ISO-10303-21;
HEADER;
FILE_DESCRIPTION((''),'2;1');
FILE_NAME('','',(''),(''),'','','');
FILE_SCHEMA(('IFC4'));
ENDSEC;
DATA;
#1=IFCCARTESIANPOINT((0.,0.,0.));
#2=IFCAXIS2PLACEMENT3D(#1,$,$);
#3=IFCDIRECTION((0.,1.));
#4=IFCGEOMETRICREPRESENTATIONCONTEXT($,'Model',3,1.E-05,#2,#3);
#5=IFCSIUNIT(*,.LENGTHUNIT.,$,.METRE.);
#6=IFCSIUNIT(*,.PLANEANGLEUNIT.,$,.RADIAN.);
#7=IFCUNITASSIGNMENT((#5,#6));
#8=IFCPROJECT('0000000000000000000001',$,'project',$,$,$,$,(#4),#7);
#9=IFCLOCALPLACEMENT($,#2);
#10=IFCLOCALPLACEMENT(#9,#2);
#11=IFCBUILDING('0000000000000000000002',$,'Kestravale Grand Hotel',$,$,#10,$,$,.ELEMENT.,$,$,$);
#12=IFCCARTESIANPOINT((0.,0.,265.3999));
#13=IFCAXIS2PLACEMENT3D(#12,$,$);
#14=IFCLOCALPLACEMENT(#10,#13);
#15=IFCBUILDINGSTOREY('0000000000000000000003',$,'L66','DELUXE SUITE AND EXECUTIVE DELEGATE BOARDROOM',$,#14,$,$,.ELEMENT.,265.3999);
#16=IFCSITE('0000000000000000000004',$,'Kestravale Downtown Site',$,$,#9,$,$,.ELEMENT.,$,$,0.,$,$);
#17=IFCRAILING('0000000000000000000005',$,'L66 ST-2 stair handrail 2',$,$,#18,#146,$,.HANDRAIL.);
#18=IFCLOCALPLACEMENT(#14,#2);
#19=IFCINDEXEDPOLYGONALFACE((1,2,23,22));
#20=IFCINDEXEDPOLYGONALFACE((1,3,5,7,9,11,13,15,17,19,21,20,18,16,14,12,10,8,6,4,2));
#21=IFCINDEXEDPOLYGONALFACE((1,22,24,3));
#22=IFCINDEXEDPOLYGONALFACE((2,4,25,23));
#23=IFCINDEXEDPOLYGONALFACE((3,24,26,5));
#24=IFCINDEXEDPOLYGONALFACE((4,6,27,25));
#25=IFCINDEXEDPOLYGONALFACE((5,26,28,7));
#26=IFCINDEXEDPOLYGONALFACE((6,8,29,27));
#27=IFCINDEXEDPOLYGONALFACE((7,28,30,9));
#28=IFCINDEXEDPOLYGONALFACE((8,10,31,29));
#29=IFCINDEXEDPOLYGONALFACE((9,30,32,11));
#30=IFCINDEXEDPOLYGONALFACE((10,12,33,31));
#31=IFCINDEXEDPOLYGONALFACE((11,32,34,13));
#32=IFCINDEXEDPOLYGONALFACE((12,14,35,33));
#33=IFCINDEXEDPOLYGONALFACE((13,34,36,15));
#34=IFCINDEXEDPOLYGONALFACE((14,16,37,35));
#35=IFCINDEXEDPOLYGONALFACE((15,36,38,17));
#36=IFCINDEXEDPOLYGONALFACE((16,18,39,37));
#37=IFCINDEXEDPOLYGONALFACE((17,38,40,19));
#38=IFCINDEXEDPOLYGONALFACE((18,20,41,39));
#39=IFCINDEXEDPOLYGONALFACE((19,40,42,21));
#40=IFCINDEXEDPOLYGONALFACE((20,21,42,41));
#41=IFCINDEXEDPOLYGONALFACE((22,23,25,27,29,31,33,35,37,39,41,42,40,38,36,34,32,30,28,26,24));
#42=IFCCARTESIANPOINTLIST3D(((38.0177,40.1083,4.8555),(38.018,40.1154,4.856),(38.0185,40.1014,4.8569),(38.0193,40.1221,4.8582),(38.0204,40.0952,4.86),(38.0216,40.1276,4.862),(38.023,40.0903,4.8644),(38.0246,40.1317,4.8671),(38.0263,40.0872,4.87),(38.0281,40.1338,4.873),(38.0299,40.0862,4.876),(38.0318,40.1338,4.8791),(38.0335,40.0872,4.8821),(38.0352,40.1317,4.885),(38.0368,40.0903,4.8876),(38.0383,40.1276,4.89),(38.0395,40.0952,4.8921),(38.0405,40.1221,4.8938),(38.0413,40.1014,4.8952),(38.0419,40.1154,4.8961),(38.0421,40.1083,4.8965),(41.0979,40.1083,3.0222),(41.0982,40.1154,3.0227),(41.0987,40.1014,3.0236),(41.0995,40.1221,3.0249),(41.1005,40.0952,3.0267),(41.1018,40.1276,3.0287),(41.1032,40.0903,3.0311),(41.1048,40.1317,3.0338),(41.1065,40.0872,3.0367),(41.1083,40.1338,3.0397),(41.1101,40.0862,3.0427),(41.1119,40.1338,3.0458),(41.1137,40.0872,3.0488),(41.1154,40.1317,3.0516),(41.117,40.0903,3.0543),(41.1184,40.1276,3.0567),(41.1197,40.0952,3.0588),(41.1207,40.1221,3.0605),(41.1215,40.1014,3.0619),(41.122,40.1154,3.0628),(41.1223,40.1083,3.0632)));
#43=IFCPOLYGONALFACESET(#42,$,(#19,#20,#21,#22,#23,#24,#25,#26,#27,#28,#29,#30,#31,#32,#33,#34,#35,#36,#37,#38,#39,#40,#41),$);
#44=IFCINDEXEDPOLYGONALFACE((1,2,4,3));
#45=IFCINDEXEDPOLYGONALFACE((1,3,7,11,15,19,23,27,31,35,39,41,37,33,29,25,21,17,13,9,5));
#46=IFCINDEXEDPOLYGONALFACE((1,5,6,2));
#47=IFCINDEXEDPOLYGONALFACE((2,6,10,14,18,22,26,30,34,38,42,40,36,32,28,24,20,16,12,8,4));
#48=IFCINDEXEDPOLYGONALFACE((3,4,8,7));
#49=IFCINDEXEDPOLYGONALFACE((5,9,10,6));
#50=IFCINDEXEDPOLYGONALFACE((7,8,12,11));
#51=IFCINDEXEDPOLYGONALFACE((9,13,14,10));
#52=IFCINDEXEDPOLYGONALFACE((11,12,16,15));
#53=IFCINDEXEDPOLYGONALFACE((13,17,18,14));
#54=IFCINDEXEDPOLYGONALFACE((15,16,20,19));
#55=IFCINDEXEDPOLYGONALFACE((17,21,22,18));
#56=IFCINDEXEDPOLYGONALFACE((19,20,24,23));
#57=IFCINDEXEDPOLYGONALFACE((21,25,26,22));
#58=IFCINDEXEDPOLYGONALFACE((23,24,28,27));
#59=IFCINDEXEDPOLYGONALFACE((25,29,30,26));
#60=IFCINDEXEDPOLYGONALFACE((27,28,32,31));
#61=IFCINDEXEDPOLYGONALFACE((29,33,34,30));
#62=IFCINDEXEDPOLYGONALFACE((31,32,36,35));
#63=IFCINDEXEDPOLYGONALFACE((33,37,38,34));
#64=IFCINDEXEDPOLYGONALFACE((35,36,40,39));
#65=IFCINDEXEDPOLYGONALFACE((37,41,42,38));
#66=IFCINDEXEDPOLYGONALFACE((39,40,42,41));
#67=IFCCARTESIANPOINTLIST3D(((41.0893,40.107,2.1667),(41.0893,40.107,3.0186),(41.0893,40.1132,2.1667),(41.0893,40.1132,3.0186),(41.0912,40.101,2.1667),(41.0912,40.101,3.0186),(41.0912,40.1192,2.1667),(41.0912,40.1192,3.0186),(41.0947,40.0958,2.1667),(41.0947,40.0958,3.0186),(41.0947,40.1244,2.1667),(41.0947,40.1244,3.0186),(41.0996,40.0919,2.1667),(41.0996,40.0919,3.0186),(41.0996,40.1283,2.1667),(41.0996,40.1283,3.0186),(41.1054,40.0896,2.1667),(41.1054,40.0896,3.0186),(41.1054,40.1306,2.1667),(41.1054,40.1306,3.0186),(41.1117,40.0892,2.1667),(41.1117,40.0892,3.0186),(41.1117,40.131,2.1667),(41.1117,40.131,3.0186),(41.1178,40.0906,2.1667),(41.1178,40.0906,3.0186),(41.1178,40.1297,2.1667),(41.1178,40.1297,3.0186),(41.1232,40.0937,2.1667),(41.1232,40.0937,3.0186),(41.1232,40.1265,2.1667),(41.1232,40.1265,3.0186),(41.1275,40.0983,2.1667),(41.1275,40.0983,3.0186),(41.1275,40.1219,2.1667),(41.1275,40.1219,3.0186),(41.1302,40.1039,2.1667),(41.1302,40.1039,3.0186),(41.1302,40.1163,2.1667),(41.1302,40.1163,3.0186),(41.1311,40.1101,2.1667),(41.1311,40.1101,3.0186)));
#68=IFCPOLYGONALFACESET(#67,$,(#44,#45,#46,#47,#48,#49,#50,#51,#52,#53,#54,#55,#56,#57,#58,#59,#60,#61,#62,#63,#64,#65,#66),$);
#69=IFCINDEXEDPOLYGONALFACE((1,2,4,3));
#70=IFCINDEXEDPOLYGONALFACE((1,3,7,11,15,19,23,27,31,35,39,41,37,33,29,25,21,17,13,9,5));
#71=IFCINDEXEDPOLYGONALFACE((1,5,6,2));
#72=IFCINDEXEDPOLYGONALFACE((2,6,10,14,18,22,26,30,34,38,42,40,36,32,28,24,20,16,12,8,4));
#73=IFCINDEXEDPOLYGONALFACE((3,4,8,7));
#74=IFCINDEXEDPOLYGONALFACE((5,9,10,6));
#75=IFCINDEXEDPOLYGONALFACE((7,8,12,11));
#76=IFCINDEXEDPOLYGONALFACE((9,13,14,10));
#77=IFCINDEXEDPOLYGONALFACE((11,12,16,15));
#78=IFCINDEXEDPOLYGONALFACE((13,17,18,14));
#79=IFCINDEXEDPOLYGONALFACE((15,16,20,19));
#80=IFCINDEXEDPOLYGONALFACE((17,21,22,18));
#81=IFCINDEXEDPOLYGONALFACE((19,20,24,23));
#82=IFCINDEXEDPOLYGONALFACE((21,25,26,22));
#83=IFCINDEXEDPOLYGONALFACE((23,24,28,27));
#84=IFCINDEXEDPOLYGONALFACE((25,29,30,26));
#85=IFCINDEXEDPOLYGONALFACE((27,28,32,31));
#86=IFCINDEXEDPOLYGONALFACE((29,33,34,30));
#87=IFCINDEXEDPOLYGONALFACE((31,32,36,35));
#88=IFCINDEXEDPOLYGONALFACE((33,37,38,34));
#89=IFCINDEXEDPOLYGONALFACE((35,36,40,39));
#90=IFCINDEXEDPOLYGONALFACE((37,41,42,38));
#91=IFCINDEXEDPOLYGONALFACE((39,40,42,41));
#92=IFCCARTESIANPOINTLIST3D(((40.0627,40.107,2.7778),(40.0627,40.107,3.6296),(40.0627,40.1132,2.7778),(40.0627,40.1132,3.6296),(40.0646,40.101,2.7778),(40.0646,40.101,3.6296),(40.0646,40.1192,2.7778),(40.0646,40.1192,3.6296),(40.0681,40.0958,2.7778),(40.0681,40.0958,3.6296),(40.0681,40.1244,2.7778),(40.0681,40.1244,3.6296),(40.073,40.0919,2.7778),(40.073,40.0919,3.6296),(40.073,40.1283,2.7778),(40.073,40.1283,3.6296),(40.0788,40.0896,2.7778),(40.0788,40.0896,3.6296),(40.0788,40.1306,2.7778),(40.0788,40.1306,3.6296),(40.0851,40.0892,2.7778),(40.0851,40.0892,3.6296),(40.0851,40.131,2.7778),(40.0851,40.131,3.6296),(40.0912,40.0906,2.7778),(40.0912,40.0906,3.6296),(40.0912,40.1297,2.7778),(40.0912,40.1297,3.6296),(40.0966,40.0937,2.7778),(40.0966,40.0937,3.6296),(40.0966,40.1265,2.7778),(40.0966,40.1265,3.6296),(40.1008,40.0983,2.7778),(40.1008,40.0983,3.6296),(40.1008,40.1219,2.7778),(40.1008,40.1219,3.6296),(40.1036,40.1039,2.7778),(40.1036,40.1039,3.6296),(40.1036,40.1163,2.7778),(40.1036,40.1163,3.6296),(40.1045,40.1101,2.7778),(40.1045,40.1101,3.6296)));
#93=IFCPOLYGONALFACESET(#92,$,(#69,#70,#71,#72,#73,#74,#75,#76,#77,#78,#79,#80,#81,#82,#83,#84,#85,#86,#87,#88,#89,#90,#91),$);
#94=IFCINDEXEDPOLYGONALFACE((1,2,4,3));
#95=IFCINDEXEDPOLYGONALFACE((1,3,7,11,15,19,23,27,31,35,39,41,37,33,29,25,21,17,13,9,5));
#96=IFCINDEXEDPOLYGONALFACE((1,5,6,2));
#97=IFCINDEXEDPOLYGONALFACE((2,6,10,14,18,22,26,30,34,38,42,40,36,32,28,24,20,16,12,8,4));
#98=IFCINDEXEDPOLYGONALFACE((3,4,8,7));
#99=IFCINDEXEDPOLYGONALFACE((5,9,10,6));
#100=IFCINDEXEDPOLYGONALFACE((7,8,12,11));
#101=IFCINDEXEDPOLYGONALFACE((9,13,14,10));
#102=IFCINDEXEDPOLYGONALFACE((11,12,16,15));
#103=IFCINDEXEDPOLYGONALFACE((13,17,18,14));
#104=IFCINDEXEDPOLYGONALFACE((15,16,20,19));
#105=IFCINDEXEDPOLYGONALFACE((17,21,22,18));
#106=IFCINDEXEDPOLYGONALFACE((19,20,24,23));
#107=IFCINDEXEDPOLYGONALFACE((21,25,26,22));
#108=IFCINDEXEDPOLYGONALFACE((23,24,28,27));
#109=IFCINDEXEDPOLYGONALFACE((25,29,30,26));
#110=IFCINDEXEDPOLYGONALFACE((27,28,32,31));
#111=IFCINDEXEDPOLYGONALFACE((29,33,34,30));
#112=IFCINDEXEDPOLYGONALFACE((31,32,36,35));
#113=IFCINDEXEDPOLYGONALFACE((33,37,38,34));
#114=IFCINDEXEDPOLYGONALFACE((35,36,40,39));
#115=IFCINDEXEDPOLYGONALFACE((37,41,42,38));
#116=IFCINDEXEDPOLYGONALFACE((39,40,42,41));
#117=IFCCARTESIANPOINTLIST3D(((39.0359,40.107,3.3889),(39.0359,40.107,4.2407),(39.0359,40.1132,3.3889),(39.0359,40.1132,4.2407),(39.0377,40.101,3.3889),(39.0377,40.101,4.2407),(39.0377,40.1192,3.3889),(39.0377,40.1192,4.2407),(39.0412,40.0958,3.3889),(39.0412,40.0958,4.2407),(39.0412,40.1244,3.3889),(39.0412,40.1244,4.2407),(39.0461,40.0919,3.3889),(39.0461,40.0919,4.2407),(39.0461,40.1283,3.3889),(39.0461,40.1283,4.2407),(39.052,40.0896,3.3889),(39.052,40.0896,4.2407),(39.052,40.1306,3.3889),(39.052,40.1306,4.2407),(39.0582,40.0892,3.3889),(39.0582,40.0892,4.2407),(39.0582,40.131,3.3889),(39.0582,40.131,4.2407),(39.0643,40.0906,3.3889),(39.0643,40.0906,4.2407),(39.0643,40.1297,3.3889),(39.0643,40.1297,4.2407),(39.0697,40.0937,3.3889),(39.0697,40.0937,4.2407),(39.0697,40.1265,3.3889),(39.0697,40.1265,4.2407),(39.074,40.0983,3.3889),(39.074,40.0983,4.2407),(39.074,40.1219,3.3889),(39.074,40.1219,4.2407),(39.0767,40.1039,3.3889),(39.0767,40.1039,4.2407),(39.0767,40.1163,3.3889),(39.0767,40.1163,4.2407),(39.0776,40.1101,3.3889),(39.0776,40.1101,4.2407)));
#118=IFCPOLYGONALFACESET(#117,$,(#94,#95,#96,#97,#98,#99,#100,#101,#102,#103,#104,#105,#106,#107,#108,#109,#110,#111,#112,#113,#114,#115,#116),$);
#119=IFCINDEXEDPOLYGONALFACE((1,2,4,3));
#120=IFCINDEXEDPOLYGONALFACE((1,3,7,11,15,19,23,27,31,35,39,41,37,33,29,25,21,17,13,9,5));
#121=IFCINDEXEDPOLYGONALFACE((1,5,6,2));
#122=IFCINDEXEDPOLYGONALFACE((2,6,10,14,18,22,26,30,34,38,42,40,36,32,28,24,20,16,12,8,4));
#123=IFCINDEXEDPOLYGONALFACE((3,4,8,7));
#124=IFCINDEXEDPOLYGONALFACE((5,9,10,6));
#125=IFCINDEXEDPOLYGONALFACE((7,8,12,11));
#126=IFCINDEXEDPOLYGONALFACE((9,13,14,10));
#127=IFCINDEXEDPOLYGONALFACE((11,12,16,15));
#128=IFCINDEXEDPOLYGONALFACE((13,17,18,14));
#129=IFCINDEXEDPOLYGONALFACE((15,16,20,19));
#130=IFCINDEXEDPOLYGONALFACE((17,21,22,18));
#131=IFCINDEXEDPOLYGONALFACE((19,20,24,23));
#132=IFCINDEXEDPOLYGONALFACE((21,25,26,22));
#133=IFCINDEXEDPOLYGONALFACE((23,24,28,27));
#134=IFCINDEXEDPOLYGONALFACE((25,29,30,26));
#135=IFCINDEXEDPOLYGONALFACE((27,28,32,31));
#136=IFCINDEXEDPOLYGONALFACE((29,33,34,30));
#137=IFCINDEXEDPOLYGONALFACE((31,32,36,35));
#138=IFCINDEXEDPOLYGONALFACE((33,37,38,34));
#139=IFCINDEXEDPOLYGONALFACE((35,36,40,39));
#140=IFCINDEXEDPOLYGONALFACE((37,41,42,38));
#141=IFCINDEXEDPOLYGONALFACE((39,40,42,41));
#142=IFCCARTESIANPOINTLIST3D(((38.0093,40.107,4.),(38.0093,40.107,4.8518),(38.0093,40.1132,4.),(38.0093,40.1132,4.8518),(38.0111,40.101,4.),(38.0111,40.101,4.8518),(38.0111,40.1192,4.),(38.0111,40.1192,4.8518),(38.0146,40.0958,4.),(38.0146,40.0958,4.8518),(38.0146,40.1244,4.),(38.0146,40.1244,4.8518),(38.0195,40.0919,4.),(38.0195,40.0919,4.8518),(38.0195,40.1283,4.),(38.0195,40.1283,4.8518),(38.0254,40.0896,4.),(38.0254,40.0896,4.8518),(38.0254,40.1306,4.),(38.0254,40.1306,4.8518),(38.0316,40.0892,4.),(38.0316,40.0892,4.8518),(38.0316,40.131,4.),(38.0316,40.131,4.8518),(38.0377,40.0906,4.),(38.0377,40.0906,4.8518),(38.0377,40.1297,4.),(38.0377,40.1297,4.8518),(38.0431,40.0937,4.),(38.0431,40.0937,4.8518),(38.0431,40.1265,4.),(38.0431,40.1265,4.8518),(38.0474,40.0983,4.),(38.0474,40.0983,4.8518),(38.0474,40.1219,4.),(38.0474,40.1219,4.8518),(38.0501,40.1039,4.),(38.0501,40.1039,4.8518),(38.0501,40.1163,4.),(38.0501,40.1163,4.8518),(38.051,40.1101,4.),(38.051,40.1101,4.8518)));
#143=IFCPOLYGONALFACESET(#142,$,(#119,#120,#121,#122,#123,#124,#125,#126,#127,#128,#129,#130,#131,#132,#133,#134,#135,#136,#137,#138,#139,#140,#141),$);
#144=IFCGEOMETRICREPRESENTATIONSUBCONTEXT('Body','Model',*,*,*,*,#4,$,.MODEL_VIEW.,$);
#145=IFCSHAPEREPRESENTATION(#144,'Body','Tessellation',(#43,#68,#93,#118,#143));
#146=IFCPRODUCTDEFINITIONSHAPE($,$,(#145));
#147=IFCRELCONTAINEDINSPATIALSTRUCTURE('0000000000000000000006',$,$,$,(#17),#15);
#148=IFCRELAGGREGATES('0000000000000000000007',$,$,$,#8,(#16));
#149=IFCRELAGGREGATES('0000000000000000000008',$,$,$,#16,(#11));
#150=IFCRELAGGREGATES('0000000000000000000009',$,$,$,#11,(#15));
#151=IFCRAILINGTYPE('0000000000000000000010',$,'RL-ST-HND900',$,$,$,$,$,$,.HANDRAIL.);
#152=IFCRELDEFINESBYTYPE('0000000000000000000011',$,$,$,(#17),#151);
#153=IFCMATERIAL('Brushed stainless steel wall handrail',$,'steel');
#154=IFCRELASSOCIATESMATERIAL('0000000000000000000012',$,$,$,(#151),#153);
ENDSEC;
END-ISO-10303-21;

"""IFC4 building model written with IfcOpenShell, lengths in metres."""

from ifc_helpers import new_model, si_unit, direction, frame, origin, origin_2d, place, context, subcontext, project, spatial, circle, extrude, material, type_object, element, save


model = new_model("IFC4")

# Units and contexts
model_context = context("Model", 3, precision=1e-05, world=origin(), true_north=direction((0.0, 1.0)))
body_context = subcontext(model_context, "Body", "Model", "MODEL_VIEW")
ifc_project = project(units=[si_unit("LENGTHUNIT", "METRE"), si_unit("PLANEANGLEUNIT", "RADIAN")], contexts=[model_context])

# Site, building, storey
site_placement = place(None, origin())
site = spatial("IfcSite", under=ifc_project, at=site_placement, Name="Kestravale Downtown Site", CompositionType="ELEMENT", RefElevation=0.0)
building_placement = place(site_placement, origin())
building = spatial("IfcBuilding", under=site, at=building_placement, Name="Kestravale Grand Hotel", CompositionType="ELEMENT")
storey_placement = place(building_placement, frame((0.0, 0.0, 265.3999)))
storey = spatial("IfcBuildingStorey", under=building, at=storey_placement, Name="L66", Description="DELUXE SUITE AND EXECUTIVE DELEGATE BOARDROOM", CompositionType="ELEMENT", Elevation=265.3999)

# Railing
ifc_material_1 = material(Name="Brushed stainless steel wall handrail", Category="steel")
railing_type_1 = type_object("IfcRailingType", Name="RL-ST-HND900", PredefinedType="HANDRAIL", material=ifc_material_1)
railing_1_placement = place(storey_placement, frame((41.1101, 40.1101, 2.1667)))
element("IfcRailing", 1, at=railing_1_placement, inside=storey, type_object=railing_type_1, Name="L66 ST-2 stair handrail 2", PredefinedType="HANDRAIL", context=body_context, shape_type="SweptSolid", body=[
    extrude(circle(Radius=0.0239, at=origin_2d()), frame((0.0, 0.0, 0.876), z_axis=(-0.859309, 0.0, 0.511458), x_axis=(0.0, -1.0, 0.0)), (0.0, 0.0, 1.0), 3.5845),
    extrude(circle(Radius=0.021, at=origin_2d()), origin(), (0.0, 0.0, 1.0), 0.8518),
    extrude(circle(Radius=0.021, at=origin_2d()), frame((-1.0266, 0.0, 0.6111)), (0.0, 0.0, 1.0), 0.8518),
    extrude(circle(Radius=0.021, at=origin_2d()), frame((-2.0535, 0.0, 1.2222)), (0.0, 0.0, 1.0), 0.8518),
    extrude(circle(Radius=0.021, at=origin_2d()), frame((-3.0801, 0.0, 1.8333)), (0.0, 0.0, 1.0), 0.8518),
])

save(model, "model.ifc")
